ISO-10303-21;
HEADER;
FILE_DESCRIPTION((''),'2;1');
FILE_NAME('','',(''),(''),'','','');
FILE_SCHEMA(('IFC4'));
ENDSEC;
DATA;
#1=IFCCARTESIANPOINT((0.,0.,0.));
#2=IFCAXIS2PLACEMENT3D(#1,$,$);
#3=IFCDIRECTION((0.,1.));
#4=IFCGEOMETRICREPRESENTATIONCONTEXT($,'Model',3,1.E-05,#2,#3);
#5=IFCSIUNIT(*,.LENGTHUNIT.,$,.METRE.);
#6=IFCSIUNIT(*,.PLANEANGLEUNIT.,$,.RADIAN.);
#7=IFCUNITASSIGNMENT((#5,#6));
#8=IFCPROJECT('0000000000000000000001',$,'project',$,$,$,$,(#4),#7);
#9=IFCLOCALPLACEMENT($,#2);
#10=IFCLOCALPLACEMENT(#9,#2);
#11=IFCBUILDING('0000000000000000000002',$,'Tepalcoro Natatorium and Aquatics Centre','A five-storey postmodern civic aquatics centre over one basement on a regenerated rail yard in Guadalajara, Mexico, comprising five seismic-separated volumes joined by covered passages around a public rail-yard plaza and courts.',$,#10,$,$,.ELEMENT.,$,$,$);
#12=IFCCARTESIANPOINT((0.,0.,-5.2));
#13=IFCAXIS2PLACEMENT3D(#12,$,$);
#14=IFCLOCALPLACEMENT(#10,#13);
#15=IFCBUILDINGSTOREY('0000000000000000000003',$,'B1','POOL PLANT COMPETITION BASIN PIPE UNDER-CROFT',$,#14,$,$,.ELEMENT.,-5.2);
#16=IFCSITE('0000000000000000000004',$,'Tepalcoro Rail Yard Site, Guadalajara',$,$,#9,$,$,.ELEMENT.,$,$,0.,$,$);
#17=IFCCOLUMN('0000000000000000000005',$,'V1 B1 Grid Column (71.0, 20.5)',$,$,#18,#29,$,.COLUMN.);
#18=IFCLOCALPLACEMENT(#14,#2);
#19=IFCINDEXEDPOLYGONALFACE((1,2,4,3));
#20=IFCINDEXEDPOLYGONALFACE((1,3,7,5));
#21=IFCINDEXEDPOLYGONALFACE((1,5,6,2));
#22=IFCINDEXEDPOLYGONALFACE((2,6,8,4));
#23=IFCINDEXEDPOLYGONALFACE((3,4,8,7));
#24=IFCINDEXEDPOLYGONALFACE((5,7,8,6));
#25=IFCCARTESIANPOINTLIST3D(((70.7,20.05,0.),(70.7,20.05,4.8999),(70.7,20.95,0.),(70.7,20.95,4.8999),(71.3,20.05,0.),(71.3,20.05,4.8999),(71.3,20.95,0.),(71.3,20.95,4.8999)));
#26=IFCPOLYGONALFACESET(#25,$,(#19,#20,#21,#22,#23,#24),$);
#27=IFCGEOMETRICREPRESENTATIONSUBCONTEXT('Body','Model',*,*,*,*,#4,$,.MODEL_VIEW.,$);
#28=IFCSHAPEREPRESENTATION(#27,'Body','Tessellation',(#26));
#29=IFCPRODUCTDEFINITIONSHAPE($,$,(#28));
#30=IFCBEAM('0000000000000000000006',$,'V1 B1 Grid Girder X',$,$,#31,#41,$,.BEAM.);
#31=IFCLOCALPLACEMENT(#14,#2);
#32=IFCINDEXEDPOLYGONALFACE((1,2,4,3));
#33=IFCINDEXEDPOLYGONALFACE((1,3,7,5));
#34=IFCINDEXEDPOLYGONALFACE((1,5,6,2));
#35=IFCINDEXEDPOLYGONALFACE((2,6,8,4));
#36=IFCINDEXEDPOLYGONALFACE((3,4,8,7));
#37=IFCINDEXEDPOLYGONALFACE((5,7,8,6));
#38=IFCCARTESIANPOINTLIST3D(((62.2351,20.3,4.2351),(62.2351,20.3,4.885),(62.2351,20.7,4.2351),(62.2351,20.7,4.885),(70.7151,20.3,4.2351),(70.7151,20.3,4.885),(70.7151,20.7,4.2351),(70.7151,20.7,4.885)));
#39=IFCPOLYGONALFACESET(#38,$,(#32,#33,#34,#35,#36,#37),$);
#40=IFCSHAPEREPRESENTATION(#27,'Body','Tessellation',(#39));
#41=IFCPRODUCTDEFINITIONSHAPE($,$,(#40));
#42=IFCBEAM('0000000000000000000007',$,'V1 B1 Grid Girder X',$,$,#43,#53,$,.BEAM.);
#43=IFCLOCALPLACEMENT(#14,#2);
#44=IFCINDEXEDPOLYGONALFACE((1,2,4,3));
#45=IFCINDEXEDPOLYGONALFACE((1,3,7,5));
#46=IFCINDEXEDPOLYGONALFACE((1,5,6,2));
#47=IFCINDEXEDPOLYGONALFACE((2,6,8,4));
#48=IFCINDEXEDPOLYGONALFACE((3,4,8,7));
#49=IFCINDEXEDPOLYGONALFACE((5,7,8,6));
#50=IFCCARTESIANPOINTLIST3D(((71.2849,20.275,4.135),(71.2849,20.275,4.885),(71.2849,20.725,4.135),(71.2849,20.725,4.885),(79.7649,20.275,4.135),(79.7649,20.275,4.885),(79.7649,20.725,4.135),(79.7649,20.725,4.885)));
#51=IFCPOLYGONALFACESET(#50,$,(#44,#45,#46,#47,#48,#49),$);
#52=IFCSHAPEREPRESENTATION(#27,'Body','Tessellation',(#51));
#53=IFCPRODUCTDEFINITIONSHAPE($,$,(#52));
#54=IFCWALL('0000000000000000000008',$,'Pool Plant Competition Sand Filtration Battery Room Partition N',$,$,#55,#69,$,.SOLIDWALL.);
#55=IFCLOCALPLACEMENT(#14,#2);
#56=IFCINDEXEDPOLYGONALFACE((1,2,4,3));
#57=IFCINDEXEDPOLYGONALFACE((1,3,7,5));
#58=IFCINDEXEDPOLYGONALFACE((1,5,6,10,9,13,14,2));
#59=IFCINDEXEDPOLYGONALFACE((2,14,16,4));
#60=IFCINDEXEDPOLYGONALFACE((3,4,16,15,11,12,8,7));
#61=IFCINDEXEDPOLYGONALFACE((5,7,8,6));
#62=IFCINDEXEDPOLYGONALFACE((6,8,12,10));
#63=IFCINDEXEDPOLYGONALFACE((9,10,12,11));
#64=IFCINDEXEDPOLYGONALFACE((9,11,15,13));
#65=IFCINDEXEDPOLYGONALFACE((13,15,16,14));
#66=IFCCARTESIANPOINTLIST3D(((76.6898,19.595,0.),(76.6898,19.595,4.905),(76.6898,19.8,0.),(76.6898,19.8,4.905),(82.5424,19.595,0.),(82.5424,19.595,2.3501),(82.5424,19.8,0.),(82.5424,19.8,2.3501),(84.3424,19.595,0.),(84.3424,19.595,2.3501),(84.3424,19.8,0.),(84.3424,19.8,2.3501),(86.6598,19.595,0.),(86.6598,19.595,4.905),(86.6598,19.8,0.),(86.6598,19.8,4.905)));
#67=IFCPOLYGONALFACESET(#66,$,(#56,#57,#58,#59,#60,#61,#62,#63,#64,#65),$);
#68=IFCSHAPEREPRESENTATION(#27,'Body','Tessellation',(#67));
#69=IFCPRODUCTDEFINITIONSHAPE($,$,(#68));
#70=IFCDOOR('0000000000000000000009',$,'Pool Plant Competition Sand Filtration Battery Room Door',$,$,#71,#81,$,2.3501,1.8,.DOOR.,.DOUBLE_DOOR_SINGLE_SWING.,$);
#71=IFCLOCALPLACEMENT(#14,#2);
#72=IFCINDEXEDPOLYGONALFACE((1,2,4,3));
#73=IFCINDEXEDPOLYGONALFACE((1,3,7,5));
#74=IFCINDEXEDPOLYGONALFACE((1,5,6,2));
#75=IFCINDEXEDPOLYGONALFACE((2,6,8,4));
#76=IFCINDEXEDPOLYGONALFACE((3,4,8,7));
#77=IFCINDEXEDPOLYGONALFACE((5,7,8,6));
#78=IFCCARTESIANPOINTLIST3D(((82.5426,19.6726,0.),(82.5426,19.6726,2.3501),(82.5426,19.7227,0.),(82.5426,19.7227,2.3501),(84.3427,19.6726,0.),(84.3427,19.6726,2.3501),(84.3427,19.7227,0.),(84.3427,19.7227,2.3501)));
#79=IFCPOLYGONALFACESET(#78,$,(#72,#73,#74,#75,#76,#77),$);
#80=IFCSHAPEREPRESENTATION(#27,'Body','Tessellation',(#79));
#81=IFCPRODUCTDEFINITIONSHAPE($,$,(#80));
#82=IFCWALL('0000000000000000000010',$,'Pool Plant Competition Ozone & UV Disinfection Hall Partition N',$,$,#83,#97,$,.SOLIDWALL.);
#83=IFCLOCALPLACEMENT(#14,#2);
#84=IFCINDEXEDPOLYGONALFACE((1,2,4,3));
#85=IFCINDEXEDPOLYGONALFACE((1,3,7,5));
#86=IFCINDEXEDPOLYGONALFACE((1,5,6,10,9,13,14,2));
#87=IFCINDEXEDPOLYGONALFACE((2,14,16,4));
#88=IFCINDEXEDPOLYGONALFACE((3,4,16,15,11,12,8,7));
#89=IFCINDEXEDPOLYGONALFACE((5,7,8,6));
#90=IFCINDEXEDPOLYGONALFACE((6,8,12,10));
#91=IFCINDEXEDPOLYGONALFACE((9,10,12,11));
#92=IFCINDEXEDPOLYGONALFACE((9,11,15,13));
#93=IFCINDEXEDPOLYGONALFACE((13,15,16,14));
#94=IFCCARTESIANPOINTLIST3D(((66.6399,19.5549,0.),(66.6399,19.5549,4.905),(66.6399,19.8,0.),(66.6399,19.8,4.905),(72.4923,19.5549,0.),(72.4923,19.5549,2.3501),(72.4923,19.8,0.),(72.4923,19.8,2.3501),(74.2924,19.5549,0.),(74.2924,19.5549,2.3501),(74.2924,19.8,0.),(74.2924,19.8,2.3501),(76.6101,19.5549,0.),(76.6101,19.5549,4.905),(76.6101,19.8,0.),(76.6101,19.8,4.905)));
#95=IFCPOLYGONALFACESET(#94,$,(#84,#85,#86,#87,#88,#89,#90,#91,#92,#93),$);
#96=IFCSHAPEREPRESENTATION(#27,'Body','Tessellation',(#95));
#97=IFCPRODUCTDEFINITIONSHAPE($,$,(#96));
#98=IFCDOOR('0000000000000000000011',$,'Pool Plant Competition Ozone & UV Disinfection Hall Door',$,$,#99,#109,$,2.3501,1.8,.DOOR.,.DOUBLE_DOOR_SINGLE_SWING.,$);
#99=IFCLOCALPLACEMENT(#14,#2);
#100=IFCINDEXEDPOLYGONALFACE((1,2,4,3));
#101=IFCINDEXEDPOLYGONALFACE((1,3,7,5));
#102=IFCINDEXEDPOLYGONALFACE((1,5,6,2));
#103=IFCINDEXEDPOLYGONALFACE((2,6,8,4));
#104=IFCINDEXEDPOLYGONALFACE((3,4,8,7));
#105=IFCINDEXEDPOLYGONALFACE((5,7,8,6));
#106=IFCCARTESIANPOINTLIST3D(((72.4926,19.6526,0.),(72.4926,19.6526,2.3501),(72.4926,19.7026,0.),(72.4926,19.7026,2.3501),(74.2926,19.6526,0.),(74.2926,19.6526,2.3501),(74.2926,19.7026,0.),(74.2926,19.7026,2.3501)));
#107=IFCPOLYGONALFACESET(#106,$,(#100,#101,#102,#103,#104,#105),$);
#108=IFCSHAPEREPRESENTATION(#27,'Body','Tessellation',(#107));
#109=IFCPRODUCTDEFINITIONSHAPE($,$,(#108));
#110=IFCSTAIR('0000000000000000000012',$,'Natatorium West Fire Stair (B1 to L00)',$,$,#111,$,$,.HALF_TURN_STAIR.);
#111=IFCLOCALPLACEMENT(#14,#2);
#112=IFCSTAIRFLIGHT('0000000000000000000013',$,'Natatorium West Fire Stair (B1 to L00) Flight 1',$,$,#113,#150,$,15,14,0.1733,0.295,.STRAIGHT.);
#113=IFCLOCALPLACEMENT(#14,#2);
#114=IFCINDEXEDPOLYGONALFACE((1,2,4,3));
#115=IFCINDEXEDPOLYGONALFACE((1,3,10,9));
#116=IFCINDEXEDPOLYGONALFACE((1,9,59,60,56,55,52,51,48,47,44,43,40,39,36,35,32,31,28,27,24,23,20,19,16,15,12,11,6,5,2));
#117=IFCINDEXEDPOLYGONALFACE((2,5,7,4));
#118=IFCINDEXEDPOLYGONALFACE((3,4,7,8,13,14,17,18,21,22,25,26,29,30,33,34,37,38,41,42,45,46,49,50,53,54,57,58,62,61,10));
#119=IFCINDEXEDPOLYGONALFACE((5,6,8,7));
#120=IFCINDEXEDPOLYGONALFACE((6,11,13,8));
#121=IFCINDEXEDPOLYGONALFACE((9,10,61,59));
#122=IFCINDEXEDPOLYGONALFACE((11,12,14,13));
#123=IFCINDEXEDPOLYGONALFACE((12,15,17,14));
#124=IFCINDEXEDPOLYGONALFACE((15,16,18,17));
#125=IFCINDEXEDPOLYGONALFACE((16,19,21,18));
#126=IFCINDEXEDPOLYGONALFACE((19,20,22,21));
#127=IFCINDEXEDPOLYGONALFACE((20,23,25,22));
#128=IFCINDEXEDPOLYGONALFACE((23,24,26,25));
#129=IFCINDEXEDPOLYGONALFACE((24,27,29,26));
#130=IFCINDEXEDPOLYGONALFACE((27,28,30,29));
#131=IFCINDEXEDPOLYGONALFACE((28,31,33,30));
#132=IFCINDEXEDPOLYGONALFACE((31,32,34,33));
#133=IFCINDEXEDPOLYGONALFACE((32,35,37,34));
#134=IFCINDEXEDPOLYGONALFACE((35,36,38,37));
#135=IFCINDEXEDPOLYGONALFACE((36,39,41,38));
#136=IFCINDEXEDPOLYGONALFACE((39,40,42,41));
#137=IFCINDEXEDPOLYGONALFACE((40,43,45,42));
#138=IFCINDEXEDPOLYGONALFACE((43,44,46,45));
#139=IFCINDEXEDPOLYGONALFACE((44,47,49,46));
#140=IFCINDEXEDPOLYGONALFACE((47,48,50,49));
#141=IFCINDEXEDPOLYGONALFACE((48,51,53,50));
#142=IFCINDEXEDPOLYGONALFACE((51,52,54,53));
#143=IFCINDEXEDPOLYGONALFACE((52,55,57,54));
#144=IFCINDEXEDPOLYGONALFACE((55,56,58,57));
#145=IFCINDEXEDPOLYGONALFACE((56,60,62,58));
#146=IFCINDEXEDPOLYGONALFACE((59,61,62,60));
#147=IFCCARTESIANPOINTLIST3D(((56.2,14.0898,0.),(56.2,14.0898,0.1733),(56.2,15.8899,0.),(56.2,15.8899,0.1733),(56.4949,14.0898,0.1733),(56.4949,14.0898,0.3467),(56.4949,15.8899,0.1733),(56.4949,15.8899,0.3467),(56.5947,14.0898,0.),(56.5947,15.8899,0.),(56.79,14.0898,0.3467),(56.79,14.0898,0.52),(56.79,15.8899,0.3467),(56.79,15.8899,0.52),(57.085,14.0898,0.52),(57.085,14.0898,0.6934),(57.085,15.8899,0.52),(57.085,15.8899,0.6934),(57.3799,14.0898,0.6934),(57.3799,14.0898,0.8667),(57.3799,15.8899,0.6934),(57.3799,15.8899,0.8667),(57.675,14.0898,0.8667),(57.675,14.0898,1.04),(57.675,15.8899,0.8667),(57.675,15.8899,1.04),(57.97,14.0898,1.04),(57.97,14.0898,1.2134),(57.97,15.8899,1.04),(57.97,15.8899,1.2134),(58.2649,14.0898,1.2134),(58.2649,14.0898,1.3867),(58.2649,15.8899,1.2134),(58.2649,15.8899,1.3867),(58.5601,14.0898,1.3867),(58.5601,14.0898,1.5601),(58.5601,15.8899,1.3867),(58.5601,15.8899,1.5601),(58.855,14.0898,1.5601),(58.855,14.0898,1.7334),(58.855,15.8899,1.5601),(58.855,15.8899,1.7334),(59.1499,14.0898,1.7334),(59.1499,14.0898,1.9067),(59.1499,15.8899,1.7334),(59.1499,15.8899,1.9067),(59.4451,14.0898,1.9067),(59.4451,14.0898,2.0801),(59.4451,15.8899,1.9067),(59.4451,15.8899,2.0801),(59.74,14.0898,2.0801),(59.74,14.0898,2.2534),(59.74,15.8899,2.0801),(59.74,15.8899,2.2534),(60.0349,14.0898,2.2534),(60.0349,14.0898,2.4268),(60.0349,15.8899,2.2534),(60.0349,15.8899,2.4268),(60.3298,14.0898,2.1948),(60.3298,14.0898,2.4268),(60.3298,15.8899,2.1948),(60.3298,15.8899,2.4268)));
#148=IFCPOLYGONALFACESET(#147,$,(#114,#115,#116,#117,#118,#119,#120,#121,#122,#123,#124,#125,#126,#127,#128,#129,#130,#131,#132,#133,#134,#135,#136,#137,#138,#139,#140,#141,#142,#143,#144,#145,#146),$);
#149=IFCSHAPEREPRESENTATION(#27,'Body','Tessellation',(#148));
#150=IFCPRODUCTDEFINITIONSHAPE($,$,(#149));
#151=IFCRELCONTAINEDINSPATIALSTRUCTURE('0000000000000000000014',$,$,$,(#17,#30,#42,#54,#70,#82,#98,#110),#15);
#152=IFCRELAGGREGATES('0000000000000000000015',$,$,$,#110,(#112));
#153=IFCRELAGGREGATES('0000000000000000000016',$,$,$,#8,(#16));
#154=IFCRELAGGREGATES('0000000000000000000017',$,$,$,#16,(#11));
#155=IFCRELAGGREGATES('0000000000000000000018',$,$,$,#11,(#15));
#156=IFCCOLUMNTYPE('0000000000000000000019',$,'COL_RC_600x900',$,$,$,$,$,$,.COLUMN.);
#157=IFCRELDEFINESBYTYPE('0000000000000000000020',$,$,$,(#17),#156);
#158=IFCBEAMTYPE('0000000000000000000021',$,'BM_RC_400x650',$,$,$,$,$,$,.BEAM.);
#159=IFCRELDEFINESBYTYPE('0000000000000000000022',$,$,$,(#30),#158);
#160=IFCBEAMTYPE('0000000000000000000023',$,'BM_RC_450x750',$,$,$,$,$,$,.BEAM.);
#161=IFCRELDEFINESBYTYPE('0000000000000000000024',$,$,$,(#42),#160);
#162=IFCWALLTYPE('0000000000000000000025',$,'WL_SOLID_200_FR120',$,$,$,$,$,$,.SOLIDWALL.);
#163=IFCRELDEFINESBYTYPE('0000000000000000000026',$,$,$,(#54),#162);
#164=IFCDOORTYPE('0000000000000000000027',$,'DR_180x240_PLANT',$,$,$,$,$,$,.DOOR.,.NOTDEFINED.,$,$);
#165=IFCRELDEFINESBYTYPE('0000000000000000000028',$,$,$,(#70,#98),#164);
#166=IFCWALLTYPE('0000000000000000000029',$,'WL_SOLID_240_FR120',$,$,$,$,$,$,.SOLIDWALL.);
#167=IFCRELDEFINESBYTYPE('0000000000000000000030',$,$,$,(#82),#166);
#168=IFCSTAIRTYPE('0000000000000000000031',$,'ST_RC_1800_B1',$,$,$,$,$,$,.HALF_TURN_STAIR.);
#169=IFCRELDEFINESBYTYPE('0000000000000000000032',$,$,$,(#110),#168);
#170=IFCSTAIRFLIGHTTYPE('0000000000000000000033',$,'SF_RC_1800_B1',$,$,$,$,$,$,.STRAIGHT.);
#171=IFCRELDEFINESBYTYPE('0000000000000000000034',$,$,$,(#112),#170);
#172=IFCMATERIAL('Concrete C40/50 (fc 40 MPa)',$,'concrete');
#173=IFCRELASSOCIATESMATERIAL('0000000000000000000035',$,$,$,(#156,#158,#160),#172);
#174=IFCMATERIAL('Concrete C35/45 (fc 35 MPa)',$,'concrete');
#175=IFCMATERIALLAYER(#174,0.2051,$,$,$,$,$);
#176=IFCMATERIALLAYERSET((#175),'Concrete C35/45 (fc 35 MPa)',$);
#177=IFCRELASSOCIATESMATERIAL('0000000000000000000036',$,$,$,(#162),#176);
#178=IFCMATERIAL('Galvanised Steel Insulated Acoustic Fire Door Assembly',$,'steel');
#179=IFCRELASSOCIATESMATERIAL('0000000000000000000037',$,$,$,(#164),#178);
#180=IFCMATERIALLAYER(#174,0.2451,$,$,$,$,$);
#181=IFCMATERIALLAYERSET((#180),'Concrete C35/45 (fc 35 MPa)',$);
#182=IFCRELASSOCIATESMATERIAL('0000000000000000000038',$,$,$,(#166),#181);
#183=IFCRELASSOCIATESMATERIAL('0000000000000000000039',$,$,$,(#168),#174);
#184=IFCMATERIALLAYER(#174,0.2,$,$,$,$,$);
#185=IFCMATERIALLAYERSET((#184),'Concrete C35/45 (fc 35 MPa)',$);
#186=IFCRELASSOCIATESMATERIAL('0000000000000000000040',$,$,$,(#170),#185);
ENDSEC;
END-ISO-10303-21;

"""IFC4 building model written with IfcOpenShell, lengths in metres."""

from ifc_helpers import new_model, si_unit, direction, frame, frame_2d, origin, origin_2d, place, context, subcontext, project, spatial, polyline, rectangle, outline, extrude, material, layer, layer_set, material_profile, profile_set, type_object, element, fill, aggregate, save


model = new_model("IFC4")

# Units and contexts
model_context = context("Model", 3, precision=1e-05, world=origin(), true_north=direction((0.0, 1.0)))
body_context = subcontext(model_context, "Body", "Model", "MODEL_VIEW")
ifc_project = project(units=[si_unit("LENGTHUNIT", "METRE"), si_unit("PLANEANGLEUNIT", "RADIAN")], contexts=[model_context])

# Site, building, storey
site_placement = place(None, origin())
site = spatial("IfcSite", under=ifc_project, at=site_placement, Name="Tepalcoro Rail Yard Site, Guadalajara", CompositionType="ELEMENT", RefElevation=0.0)
building_placement = place(site_placement, origin())
building = spatial("IfcBuilding", under=site, at=building_placement, Name="Tepalcoro Natatorium and Aquatics Centre", Description="A five-storey postmodern civic aquatics centre over one basement on a regenerated rail yard in Guadalajara, Mexico, comprising five seismic-separated volumes joined by covered passages around a public rail-yard plaza and courts.", CompositionType="ELEMENT")
storey_placement = place(building_placement, frame((0.0, 0.0, -5.2)))
storey = spatial("IfcBuildingStorey", under=building, at=storey_placement, Name="B1", Description="POOL PLANT COMPETITION BASIN PIPE UNDER-CROFT", CompositionType="ELEMENT", Elevation=-5.2)

# Shared definitions
ifc_material_1 = material(Name="Concrete C40/50 (fc 40 MPa)", Category="concrete")

# Column
ifc_material_profile_1 = material_profile(ifc_material_1, rectangle(XDim=0.6001, YDim=0.8999, at=origin_2d()), Name="RC600x900")
ifc_profile_set_1 = profile_set([ifc_material_profile_1], Name="Concrete C40/50 (fc 40 MPa)")
column_type_1 = type_object("IfcColumnType", Name="COL_RC_600x900", PredefinedType="COLUMN", material=ifc_profile_set_1)
column_1_placement = place(storey_placement, frame((71.0, 20.5, 0.0), z_axis=(0.0, 0.0, 1.0), x_axis=(1.0, 0.0, 0.0)))
element("IfcColumn", 1, at=column_1_placement, inside=storey, type_object=column_type_1, Name="V1 B1 Grid Column (71.0, 20.5)", PredefinedType="COLUMN", context=body_context, shape_type="SweptSolid", body=[
    extrude(rectangle(XDim=0.6001, YDim=0.8999, at=origin_2d()), origin(), (0.0, 0.0, 1.0), 4.8999),
])

# Beams
ifc_material_profile_2 = material_profile(ifc_material_1, rectangle(XDim=0.3999, YDim=0.6499, at=origin_2d()), Name="RCB400x650")
ifc_profile_set_2 = profile_set([ifc_material_profile_2], Name="Concrete C40/50 (fc 40 MPa)")
beam_type_1 = type_object("IfcBeamType", Name="BM_RC_400x650", PredefinedType="BEAM", material=ifc_profile_set_2)
beam_1_placement = place(storey_placement, frame((62.2351, 20.5, 4.5601), z_axis=(1.0, 0.0, 0.0), x_axis=(0.0, 1.0, 0.0)))
element("IfcBeam", 2, at=beam_1_placement, inside=storey, type_object=beam_type_1, Name="V1 B1 Grid Girder X", PredefinedType="BEAM", context=body_context, shape_type="SweptSolid", body=[
    extrude(rectangle(XDim=0.3999, YDim=0.6499, at=origin_2d()), origin(), (0.0, 0.0, 1.0), 8.48),
])
ifc_material_profile_3 = material_profile(ifc_material_1, rectangle(XDim=0.45, YDim=0.75, at=origin_2d()), Name="RCB450x750")
ifc_profile_set_3 = profile_set([ifc_material_profile_3], Name="Concrete C40/50 (fc 40 MPa)")
beam_type_2 = type_object("IfcBeamType", Name="BM_RC_450x750", PredefinedType="BEAM", material=ifc_profile_set_3)
beam_2_placement = place(storey_placement, frame((71.2849, 20.5, 4.51), z_axis=(1.0, 0.0, 0.0), x_axis=(0.0, 1.0, 0.0)))
element("IfcBeam", 3, at=beam_2_placement, inside=storey, type_object=beam_type_2, Name="V1 B1 Grid Girder X", PredefinedType="BEAM", context=body_context, shape_type="SweptSolid", body=[
    extrude(rectangle(XDim=0.45, YDim=0.75, at=origin_2d()), origin(), (0.0, 0.0, 1.0), 8.48),
])

# Walls, openings, doors
ifc_material_2 = material(Name="Concrete C35/45 (fc 35 MPa)", Category="concrete")
ifc_layer_1 = layer(ifc_material_2, 0.2051)
ifc_layer_set_1 = layer_set([ifc_layer_1], Name="Concrete C35/45 (fc 35 MPa)")
wall_type_1 = type_object("IfcWallType", Name="WL_SOLID_200_FR120", PredefinedType="SOLIDWALL", material=ifc_layer_set_1)
wall_1_placement = place(storey_placement, frame((76.6899, 19.6975, 0.0), z_axis=(0.0, 0.0, 1.0), x_axis=(1.0, 0.0, 0.0)))
wall_1 = element("IfcWall", 4, at=wall_1_placement, inside=storey, type_object=wall_type_1, Name="Pool Plant Competition Sand Filtration Battery Room Partition N", PredefinedType="SOLIDWALL", context=body_context, shape_type="SweptSolid", body=[
    extrude(rectangle(XDim=9.97, YDim=0.2051, at=frame_2d((4.9849, 0.0))), origin(), (0.0, 0.0, 1.0), 4.905),
])
opening_1_placement = place(wall_1_placement, frame((5.8525, 0.0, 0.0)))
opening_1 = element("IfcOpeningElement", 5, at=opening_1_placement, cuts=wall_1, PredefinedType="OPENING", context=body_context, shape_type="SweptSolid", body=[
    extrude(rectangle(XDim=1.8, YDim=2.3501, at=frame_2d((0.8999, 1.175))), frame((0.0, 0.1145, 0.0), z_axis=(0.0, -1.0, 0.0), x_axis=(1.0, 0.0, 0.0)), (0.0, 0.0, 1.0), 0.229),
])
ifc_material_3 = material(Name="Galvanised Steel Insulated Acoustic Fire Door Assembly", Category="steel")
door_type_1 = type_object("IfcDoorType", Name="DR_180x240_PLANT", OperationType="NOTDEFINED", PredefinedType="DOOR", material=ifc_material_3)
door_1_placement = place(opening_1_placement, frame((1.8, 0.0, 0.0), z_axis=(0.0, 0.0, 1.0), x_axis=(-1.0, 0.0, 0.0)))
door_1 = element("IfcDoor", 6, at=door_1_placement, inside=storey, type_object=door_type_1, Name="Pool Plant Competition Sand Filtration Battery Room Door", OperationType="DOUBLE_DOOR_SINGLE_SWING", OverallHeight=2.3501, OverallWidth=1.8, PredefinedType="DOOR", context=body_context, shape_type="SweptSolid", body=[
    extrude(rectangle(XDim=1.8, YDim=2.3501, at=frame_2d((0.8999, 1.175))), frame((0.0, 0.0249, 0.0), z_axis=(0.0, -1.0, 0.0), x_axis=(1.0, 0.0, 0.0)), (0.0, 0.0, 1.0), 0.05),
])
fill(opening_1, door_1)
ifc_layer_2 = layer(ifc_material_2, 0.2451)
ifc_layer_set_2 = layer_set([ifc_layer_2], Name="Concrete C35/45 (fc 35 MPa)")
wall_type_2 = type_object("IfcWallType", Name="WL_SOLID_240_FR120", PredefinedType="SOLIDWALL", material=ifc_layer_set_2)
wall_2_placement = place(storey_placement, frame((66.6399, 19.6775, 0.0), z_axis=(0.0, 0.0, 1.0), x_axis=(1.0, 0.0, 0.0)))
wall_2 = element("IfcWall", 7, at=wall_2_placement, inside=storey, type_object=wall_type_2, Name="Pool Plant Competition Ozone & UV Disinfection Hall Partition N", PredefinedType="SOLIDWALL", context=body_context, shape_type="SweptSolid", body=[
    extrude(rectangle(XDim=9.9702, YDim=0.2451, at=frame_2d((4.9851, 0.0))), origin(), (0.0, 0.0, 1.0), 4.905),
])
opening_2_placement = place(wall_2_placement, frame((5.8525, 0.0, 0.0)))
opening_2 = element("IfcOpeningElement", 8, at=opening_2_placement, cuts=wall_2, PredefinedType="OPENING", context=body_context, shape_type="SweptSolid", body=[
    extrude(rectangle(XDim=1.8, YDim=2.3501, at=frame_2d((0.8999, 1.175))), frame((0.0, 0.1345, 0.0), z_axis=(0.0, -1.0, 0.0), x_axis=(1.0, 0.0, 0.0)), (0.0, 0.0, 1.0), 0.269),
])
door_2_placement = place(opening_2_placement, frame((1.8, 0.0, 0.0), z_axis=(0.0, 0.0, 1.0), x_axis=(-1.0, 0.0, 0.0)))
door_2 = element("IfcDoor", 9, at=door_2_placement, inside=storey, type_object=door_type_1, Name="Pool Plant Competition Ozone & UV Disinfection Hall Door", OperationType="DOUBLE_DOOR_SINGLE_SWING", OverallHeight=2.3501, OverallWidth=1.8, PredefinedType="DOOR", context=body_context, shape_type="SweptSolid", body=[
    extrude(rectangle(XDim=1.8, YDim=2.3501, at=frame_2d((0.8999, 1.175))), frame((0.0, 0.0249, 0.0), z_axis=(0.0, -1.0, 0.0), x_axis=(1.0, 0.0, 0.0)), (0.0, 0.0, 1.0), 0.05),
])
fill(opening_2, door_2)

# Stair, stair flight
stair_type = type_object("IfcStairType", Name="ST_RC_1800_B1", PredefinedType="HALF_TURN_STAIR", material=ifc_material_2)
stair_placement = place(storey_placement, origin())
stair = element("IfcStair", 10, at=stair_placement, inside=storey, type_object=stair_type, Name="Natatorium West Fire Stair (B1 to L00)", PredefinedType="HALF_TURN_STAIR")
ifc_layer_3 = layer(ifc_material_2, 0.2)
ifc_layer_set_3 = layer_set([ifc_layer_3], Name="Concrete C35/45 (fc 35 MPa)")
stair_flight_type = type_object("IfcStairFlightType", Name="SF_RC_1800_B1", PredefinedType="STRAIGHT", material=ifc_layer_set_3)
stair_flight_1_placement = place(storey_placement, frame((56.2, 14.99, 0.0), z_axis=(0.0, 0.0, 1.0), x_axis=(1.0, 0.0, 0.0)))
stair_flight_1 = element("IfcStairFlight", 11, at=stair_flight_1_placement, type_object=stair_flight_type, Name="Natatorium West Fire Stair (B1 to L00) Flight 1", NumberOfRisers=15, NumberOfTreads=14, PredefinedType="STRAIGHT", RiserHeight=0.1733, TreadLength=0.295, context=body_context, shape_type="SweptSolid", body=[
    extrude(outline(polyline([(0.0, 0.0), (0.0, 0.1733), (0.2949, 0.1733), (0.2949, 0.3467), (0.5901, 0.3467), (0.5901, 0.52), (0.885, 0.52), (0.885, 0.6934), (1.1799, 0.6934), (1.1799, 0.8667), (1.4751, 0.8667), (1.4751, 1.04), (1.77, 1.04), (1.77, 1.2134), (2.0649, 1.2134), (2.0649, 1.3867), (2.3601, 1.3867), (2.3601, 1.5601), (2.655, 1.5601), (2.655, 1.7334), (2.95, 1.7334), (2.95, 1.9067), (3.2451, 1.9067), (3.2451, 2.0801), (3.54, 2.0801), (3.54, 2.2534), (3.835, 2.2534), (3.835, 2.4268), (4.1299, 2.4268), (4.1299, 2.6001), (4.1299, 2.1948), (0.3948, 0.0), (0.0, 0.0)])), frame((0.0, 0.8999, 0.0), z_axis=(0.0, -1.0, 0.0), x_axis=(1.0, 0.0, 0.0)), (0.0, 0.0, 1.0), 1.8),
])
aggregate(stair, [stair_flight_1])

save(model, "model.ifc")
